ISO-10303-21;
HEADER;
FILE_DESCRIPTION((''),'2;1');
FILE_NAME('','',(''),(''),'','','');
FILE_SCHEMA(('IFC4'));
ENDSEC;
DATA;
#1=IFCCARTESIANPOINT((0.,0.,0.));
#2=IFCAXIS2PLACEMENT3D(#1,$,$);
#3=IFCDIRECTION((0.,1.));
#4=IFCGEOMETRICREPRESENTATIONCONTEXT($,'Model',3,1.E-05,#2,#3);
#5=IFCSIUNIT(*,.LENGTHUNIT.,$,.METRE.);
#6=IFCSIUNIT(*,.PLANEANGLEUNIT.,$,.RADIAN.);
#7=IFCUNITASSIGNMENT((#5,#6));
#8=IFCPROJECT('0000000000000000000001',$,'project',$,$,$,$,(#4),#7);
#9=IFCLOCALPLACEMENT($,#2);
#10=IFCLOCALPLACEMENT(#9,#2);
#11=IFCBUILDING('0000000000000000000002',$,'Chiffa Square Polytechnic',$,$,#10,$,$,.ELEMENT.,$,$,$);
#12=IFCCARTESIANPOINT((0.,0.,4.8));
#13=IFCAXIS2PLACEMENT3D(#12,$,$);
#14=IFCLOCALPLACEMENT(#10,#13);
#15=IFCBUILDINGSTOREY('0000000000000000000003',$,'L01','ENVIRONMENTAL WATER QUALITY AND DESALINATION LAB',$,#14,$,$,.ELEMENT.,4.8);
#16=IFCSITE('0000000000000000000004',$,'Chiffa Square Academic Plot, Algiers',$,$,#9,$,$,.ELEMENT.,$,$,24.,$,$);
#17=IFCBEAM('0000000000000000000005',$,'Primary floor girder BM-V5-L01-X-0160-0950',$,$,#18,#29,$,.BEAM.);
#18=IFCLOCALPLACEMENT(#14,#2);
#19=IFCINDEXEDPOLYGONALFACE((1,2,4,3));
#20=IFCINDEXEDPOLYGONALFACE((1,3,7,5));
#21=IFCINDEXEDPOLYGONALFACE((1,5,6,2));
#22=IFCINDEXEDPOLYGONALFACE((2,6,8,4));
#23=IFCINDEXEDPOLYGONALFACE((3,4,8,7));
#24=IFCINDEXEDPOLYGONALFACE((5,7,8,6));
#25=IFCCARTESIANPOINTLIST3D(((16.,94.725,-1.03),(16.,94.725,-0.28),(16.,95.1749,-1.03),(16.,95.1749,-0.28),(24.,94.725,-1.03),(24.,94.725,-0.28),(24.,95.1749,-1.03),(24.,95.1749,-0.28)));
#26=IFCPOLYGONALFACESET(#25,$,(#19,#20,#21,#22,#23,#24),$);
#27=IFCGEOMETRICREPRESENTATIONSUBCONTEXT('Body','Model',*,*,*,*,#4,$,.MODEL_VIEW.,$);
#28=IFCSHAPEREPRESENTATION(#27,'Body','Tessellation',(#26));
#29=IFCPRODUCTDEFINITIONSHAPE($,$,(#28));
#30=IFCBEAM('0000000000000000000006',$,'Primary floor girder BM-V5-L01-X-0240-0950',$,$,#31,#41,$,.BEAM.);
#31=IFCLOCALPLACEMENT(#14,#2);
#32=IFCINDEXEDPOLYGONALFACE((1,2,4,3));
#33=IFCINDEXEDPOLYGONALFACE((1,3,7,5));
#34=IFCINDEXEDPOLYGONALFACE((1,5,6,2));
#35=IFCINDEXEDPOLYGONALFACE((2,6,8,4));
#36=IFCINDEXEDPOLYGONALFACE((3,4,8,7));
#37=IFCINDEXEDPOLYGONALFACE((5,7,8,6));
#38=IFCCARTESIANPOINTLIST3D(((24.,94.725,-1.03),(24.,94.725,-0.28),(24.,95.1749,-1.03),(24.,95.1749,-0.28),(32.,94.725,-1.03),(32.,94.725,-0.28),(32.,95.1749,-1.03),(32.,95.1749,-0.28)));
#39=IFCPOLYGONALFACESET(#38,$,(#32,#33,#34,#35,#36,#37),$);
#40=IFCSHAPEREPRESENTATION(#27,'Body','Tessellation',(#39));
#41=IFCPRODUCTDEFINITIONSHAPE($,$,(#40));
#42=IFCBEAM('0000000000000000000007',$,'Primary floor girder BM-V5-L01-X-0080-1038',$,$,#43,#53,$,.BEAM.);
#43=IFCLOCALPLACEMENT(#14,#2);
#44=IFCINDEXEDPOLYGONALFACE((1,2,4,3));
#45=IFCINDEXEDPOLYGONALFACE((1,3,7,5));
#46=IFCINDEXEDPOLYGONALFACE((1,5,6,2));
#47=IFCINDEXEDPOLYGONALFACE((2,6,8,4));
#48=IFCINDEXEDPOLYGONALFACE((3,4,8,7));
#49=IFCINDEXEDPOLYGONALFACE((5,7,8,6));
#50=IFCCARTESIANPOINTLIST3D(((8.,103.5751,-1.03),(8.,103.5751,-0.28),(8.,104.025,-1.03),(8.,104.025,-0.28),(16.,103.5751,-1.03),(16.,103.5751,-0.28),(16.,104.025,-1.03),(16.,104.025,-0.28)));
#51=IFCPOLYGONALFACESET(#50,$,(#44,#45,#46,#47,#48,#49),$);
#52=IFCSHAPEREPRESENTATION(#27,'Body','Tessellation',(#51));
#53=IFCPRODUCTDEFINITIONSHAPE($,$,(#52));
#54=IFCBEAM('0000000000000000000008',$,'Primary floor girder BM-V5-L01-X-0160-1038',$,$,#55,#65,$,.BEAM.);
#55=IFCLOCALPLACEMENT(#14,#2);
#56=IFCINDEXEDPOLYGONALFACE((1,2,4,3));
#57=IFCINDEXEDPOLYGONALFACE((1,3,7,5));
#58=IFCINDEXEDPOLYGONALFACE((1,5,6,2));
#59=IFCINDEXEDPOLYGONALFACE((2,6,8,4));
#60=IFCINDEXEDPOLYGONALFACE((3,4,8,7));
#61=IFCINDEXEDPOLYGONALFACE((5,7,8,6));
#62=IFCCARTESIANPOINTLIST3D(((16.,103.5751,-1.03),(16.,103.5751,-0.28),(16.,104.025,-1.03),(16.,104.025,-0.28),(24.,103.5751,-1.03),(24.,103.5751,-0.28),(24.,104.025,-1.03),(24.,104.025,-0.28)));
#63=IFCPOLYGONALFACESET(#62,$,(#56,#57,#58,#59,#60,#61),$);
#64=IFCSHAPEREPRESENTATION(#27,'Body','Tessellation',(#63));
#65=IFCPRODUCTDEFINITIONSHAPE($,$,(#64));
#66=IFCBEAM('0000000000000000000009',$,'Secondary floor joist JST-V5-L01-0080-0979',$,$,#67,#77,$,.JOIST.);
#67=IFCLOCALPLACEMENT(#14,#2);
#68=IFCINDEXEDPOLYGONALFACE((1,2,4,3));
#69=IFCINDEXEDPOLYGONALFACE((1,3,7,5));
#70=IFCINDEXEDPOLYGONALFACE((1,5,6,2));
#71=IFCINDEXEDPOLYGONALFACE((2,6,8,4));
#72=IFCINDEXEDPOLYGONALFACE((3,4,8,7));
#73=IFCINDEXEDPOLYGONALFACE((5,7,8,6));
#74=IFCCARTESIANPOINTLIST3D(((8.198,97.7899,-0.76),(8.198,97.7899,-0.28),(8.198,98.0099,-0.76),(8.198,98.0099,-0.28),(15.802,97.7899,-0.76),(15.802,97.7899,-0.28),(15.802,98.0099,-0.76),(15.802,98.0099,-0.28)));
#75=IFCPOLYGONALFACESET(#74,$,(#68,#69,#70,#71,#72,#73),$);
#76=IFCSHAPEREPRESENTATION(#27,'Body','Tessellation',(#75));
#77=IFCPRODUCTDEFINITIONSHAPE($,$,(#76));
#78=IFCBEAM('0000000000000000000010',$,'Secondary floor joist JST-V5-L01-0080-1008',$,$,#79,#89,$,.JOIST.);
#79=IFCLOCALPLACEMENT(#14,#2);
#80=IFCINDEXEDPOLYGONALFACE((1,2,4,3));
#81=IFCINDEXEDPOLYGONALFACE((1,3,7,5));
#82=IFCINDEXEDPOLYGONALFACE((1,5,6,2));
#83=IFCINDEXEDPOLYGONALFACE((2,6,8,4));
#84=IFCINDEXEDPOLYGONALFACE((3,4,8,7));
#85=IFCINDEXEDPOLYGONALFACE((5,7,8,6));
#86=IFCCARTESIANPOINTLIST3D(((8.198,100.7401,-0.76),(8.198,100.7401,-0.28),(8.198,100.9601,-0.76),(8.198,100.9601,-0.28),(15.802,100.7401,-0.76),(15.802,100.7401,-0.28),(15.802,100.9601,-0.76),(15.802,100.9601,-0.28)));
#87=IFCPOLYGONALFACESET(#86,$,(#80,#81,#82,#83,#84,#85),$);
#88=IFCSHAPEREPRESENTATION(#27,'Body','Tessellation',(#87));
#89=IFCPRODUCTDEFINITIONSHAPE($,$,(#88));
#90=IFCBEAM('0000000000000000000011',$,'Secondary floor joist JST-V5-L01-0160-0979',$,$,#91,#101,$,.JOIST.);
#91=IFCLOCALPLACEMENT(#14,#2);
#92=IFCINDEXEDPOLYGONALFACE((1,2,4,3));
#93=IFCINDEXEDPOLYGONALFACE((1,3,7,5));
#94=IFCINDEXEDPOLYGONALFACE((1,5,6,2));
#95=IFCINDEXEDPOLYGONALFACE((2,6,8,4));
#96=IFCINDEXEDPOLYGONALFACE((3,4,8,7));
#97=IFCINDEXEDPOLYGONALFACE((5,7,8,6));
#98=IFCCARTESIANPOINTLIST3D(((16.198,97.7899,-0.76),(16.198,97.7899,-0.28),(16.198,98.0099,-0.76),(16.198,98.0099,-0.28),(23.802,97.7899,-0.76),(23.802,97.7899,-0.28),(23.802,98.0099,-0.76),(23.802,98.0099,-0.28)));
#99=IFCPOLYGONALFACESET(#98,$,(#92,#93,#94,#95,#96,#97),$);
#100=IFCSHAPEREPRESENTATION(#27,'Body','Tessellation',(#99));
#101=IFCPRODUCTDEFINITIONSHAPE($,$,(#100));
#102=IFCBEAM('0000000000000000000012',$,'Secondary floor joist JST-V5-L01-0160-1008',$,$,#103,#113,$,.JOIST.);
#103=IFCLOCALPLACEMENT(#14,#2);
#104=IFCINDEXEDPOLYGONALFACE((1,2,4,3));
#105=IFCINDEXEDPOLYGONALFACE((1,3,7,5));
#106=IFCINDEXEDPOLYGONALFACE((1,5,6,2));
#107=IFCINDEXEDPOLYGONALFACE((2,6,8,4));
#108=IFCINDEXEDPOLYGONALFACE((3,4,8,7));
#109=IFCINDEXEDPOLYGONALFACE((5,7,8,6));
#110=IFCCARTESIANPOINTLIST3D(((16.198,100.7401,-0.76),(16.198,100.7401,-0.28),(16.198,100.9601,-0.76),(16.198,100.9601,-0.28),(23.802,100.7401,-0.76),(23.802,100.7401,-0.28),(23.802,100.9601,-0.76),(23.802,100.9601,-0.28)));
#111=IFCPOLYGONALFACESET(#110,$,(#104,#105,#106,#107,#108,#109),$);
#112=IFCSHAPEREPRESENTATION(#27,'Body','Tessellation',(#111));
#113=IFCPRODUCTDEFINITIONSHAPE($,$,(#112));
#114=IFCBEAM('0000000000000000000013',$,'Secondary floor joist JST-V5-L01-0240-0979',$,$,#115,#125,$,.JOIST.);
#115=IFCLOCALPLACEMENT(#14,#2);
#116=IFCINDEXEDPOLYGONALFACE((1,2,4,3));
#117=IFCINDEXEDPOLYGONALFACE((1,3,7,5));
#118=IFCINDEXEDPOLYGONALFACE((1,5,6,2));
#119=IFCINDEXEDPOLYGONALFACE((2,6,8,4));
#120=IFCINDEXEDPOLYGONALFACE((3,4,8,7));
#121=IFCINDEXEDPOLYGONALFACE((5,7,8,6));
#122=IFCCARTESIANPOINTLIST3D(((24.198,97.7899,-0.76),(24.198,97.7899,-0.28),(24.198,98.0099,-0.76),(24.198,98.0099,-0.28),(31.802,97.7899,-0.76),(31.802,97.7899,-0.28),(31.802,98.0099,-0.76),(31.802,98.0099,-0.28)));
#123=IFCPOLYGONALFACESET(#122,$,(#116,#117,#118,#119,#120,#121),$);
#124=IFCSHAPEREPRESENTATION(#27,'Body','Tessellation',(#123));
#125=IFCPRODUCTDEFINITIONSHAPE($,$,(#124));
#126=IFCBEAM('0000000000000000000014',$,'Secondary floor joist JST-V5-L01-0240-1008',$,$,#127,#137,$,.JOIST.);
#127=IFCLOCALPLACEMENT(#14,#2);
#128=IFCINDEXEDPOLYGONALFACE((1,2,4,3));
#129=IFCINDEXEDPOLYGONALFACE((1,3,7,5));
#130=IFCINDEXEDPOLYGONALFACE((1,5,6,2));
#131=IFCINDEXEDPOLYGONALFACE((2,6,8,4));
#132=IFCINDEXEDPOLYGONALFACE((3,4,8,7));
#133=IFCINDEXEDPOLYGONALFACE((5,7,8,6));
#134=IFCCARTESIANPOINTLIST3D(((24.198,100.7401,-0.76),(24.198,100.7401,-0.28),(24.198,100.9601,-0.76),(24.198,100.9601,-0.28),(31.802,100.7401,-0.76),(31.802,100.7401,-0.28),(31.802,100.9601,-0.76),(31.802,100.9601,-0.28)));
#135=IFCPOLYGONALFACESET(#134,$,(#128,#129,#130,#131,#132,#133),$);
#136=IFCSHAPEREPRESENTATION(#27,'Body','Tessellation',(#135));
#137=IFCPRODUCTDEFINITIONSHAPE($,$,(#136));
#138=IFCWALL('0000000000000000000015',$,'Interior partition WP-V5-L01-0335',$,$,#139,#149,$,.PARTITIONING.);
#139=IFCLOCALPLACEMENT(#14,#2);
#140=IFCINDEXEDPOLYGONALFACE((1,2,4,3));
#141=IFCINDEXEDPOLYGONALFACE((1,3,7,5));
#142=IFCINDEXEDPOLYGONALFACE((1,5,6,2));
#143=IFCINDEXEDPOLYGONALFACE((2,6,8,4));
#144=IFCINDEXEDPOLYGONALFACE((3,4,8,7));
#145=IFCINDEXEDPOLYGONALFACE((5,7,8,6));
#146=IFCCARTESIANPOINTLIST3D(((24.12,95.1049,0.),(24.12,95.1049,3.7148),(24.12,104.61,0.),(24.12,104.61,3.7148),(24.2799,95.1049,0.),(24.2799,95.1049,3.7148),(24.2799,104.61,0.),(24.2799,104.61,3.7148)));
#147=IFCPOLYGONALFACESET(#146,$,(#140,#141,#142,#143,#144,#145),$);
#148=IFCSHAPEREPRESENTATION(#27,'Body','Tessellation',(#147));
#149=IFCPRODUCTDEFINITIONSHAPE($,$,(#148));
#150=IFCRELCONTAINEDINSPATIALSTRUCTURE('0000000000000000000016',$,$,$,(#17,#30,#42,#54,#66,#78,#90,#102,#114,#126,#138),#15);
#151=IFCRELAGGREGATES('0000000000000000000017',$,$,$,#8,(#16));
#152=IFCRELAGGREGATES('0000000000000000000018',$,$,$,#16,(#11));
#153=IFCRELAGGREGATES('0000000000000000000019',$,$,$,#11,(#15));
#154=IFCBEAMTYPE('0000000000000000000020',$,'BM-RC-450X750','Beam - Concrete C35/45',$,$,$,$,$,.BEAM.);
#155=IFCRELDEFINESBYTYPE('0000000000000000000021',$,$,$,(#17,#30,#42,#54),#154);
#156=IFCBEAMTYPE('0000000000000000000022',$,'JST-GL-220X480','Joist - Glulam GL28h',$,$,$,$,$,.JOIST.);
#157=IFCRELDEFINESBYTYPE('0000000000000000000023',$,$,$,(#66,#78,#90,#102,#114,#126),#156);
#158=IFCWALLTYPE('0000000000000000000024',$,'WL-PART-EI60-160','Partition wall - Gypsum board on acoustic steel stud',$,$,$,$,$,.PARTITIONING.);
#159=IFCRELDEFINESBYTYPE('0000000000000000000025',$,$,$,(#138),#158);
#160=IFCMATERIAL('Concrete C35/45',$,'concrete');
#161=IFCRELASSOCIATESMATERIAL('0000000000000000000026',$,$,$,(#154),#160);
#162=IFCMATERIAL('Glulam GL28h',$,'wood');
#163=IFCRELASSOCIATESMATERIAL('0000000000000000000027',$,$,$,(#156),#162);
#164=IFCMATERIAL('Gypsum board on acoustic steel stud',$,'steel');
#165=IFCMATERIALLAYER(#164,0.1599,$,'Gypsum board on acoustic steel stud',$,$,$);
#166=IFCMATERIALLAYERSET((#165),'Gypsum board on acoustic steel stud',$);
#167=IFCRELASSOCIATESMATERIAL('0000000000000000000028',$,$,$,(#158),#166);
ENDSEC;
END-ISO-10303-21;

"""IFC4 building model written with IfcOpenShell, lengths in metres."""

from ifc_helpers import new_model, si_unit, direction, frame, frame_2d, origin, origin_2d, place, context, subcontext, project, spatial, rectangle, extrude, material, layer, layer_set, material_profile, profile_set, type_object, element, save


model = new_model("IFC4")

# Units and contexts
model_context = context("Model", 3, precision=1e-05, world=origin(), true_north=direction((0.0, 1.0)))
body_context = subcontext(model_context, "Body", "Model", "MODEL_VIEW")
ifc_project = project(units=[si_unit("LENGTHUNIT", "METRE"), si_unit("PLANEANGLEUNIT", "RADIAN")], contexts=[model_context])

# Site, building, storey
site_placement = place(None, origin())
site = spatial("IfcSite", under=ifc_project, at=site_placement, Name="Chiffa Square Academic Plot, Algiers", CompositionType="ELEMENT", RefElevation=24.0)
building_placement = place(site_placement, origin())
building = spatial("IfcBuilding", under=site, at=building_placement, Name="Chiffa Square Polytechnic", CompositionType="ELEMENT")
storey_placement = place(building_placement, frame((0.0, 0.0, 4.8)))
storey = spatial("IfcBuildingStorey", under=building, at=storey_placement, Name="L01", Description="ENVIRONMENTAL WATER QUALITY AND DESALINATION LAB", CompositionType="ELEMENT", Elevation=4.8)

# Shared definitions
ifc_material_1 = material(Name="Concrete C35/45", Category="concrete")

# Beams
ifc_material_profile_1 = material_profile(ifc_material_1, rectangle(XDim=0.45, YDim=0.75, at=origin_2d()), Name="RC 450x750")
ifc_profile_set_1 = profile_set([ifc_material_profile_1], Name="Concrete C35/45")
beam_type_1 = type_object("IfcBeamType", Name="BM-RC-450X750", Description="Beam - Concrete C35/45", PredefinedType="BEAM", material=ifc_profile_set_1)
for number, where, z_axis, x_axis, name in (
    (1, (16.0, 94.95, -0.655), (1.0, 0.0, 0.0), (0.0, 1.0, 0.0), "Primary floor girder BM-V5-L01-X-0160-0950"),
    (2, (24.0, 94.95, -0.655), (1.0, 0.0, 0.0), (0.0, 1.0, 0.0), "Primary floor girder BM-V5-L01-X-0240-0950"),
    (3, (8.0, 103.8, -0.655), (1.0, 0.0, 0.0), (0.0, 1.0, 0.0), "Primary floor girder BM-V5-L01-X-0080-1038"),
    (4, (16.0, 103.8, -0.655), (1.0, 0.0, 0.0), (0.0, 1.0, 0.0), "Primary floor girder BM-V5-L01-X-0160-1038"),
):
    element("IfcBeam", number, at=place(storey_placement, frame(where, z_axis=z_axis, x_axis=x_axis)), inside=storey, type_object=beam_type_1, Name=name, PredefinedType="BEAM", context=body_context, shape_type="SweptSolid", body=[
        extrude(rectangle(XDim=0.45, YDim=0.75, at=origin_2d()), origin(), (0.0, 0.0, 1.0), 8.0),
    ])
ifc_material_2 = material(Name="Glulam GL28h", Category="wood")
ifc_material_profile_2 = material_profile(ifc_material_2, rectangle(XDim=0.22, YDim=0.48, at=origin_2d()), Name="GL28h 220x480")
ifc_profile_set_2 = profile_set([ifc_material_profile_2], Name="Glulam GL28h")
beam_type_2 = type_object("IfcBeamType", Name="JST-GL-220X480", Description="Joist - Glulam GL28h", PredefinedType="JOIST", material=ifc_profile_set_2)
for number, where, z_axis, x_axis, name in (
    (5, (8.198, 97.8999, -0.52), (1.0, 0.0, 0.0), (0.0, 1.0, 0.0), "Secondary floor joist JST-V5-L01-0080-0979"),
    (6, (8.198, 100.8501, -0.52), (1.0, 0.0, 0.0), (0.0, 1.0, 0.0), "Secondary floor joist JST-V5-L01-0080-1008"),
    (7, (16.198, 97.8999, -0.52), (1.0, 0.0, 0.0), (0.0, 1.0, 0.0), "Secondary floor joist JST-V5-L01-0160-0979"),
    (8, (16.198, 100.8501, -0.52), (1.0, 0.0, 0.0), (0.0, 1.0, 0.0), "Secondary floor joist JST-V5-L01-0160-1008"),
    (9, (24.198, 97.8999, -0.52), (1.0, 0.0, 0.0), (0.0, 1.0, 0.0), "Secondary floor joist JST-V5-L01-0240-0979"),
    (10, (24.198, 100.8501, -0.52), (1.0, 0.0, 0.0), (0.0, 1.0, 0.0), "Secondary floor joist JST-V5-L01-0240-1008"),
):
    element("IfcBeam", number, at=place(storey_placement, frame(where, z_axis=z_axis, x_axis=x_axis)), inside=storey, type_object=beam_type_2, Name=name, PredefinedType="JOIST", context=body_context, shape_type="SweptSolid", body=[
        extrude(rectangle(XDim=0.22, YDim=0.48, at=origin_2d()), origin(), (0.0, 0.0, 1.0), 7.604),
    ])

# Wall
ifc_material_3 = material(Name="Gypsum board on acoustic steel stud", Category="steel")
ifc_layer = layer(ifc_material_3, 0.1599, Name="Gypsum board on acoustic steel stud")
ifc_layer_set = layer_set([ifc_layer], Name="Gypsum board on acoustic steel stud")
wall_type = type_object("IfcWallType", Name="WL-PART-EI60-160", Description="Partition wall - Gypsum board on acoustic steel stud", PredefinedType="PARTITIONING", material=ifc_layer_set)
wall_placement = place(storey_placement, frame((24.2, 95.105, 0.0), z_axis=(0.0, 0.0, 1.0), x_axis=(0.0, 1.0, 0.0)))
element("IfcWall", 11, at=wall_placement, inside=storey, type_object=wall_type, Name="Interior partition WP-V5-L01-0335", PredefinedType="PARTITIONING", context=body_context, shape_type="SweptSolid", body=[
    extrude(rectangle(XDim=9.5051, YDim=0.1599, at=frame_2d((4.7524, 0.0))), origin(), (0.0, 0.0, 1.0), 3.7148),
])

save(model, "model.ifc")
